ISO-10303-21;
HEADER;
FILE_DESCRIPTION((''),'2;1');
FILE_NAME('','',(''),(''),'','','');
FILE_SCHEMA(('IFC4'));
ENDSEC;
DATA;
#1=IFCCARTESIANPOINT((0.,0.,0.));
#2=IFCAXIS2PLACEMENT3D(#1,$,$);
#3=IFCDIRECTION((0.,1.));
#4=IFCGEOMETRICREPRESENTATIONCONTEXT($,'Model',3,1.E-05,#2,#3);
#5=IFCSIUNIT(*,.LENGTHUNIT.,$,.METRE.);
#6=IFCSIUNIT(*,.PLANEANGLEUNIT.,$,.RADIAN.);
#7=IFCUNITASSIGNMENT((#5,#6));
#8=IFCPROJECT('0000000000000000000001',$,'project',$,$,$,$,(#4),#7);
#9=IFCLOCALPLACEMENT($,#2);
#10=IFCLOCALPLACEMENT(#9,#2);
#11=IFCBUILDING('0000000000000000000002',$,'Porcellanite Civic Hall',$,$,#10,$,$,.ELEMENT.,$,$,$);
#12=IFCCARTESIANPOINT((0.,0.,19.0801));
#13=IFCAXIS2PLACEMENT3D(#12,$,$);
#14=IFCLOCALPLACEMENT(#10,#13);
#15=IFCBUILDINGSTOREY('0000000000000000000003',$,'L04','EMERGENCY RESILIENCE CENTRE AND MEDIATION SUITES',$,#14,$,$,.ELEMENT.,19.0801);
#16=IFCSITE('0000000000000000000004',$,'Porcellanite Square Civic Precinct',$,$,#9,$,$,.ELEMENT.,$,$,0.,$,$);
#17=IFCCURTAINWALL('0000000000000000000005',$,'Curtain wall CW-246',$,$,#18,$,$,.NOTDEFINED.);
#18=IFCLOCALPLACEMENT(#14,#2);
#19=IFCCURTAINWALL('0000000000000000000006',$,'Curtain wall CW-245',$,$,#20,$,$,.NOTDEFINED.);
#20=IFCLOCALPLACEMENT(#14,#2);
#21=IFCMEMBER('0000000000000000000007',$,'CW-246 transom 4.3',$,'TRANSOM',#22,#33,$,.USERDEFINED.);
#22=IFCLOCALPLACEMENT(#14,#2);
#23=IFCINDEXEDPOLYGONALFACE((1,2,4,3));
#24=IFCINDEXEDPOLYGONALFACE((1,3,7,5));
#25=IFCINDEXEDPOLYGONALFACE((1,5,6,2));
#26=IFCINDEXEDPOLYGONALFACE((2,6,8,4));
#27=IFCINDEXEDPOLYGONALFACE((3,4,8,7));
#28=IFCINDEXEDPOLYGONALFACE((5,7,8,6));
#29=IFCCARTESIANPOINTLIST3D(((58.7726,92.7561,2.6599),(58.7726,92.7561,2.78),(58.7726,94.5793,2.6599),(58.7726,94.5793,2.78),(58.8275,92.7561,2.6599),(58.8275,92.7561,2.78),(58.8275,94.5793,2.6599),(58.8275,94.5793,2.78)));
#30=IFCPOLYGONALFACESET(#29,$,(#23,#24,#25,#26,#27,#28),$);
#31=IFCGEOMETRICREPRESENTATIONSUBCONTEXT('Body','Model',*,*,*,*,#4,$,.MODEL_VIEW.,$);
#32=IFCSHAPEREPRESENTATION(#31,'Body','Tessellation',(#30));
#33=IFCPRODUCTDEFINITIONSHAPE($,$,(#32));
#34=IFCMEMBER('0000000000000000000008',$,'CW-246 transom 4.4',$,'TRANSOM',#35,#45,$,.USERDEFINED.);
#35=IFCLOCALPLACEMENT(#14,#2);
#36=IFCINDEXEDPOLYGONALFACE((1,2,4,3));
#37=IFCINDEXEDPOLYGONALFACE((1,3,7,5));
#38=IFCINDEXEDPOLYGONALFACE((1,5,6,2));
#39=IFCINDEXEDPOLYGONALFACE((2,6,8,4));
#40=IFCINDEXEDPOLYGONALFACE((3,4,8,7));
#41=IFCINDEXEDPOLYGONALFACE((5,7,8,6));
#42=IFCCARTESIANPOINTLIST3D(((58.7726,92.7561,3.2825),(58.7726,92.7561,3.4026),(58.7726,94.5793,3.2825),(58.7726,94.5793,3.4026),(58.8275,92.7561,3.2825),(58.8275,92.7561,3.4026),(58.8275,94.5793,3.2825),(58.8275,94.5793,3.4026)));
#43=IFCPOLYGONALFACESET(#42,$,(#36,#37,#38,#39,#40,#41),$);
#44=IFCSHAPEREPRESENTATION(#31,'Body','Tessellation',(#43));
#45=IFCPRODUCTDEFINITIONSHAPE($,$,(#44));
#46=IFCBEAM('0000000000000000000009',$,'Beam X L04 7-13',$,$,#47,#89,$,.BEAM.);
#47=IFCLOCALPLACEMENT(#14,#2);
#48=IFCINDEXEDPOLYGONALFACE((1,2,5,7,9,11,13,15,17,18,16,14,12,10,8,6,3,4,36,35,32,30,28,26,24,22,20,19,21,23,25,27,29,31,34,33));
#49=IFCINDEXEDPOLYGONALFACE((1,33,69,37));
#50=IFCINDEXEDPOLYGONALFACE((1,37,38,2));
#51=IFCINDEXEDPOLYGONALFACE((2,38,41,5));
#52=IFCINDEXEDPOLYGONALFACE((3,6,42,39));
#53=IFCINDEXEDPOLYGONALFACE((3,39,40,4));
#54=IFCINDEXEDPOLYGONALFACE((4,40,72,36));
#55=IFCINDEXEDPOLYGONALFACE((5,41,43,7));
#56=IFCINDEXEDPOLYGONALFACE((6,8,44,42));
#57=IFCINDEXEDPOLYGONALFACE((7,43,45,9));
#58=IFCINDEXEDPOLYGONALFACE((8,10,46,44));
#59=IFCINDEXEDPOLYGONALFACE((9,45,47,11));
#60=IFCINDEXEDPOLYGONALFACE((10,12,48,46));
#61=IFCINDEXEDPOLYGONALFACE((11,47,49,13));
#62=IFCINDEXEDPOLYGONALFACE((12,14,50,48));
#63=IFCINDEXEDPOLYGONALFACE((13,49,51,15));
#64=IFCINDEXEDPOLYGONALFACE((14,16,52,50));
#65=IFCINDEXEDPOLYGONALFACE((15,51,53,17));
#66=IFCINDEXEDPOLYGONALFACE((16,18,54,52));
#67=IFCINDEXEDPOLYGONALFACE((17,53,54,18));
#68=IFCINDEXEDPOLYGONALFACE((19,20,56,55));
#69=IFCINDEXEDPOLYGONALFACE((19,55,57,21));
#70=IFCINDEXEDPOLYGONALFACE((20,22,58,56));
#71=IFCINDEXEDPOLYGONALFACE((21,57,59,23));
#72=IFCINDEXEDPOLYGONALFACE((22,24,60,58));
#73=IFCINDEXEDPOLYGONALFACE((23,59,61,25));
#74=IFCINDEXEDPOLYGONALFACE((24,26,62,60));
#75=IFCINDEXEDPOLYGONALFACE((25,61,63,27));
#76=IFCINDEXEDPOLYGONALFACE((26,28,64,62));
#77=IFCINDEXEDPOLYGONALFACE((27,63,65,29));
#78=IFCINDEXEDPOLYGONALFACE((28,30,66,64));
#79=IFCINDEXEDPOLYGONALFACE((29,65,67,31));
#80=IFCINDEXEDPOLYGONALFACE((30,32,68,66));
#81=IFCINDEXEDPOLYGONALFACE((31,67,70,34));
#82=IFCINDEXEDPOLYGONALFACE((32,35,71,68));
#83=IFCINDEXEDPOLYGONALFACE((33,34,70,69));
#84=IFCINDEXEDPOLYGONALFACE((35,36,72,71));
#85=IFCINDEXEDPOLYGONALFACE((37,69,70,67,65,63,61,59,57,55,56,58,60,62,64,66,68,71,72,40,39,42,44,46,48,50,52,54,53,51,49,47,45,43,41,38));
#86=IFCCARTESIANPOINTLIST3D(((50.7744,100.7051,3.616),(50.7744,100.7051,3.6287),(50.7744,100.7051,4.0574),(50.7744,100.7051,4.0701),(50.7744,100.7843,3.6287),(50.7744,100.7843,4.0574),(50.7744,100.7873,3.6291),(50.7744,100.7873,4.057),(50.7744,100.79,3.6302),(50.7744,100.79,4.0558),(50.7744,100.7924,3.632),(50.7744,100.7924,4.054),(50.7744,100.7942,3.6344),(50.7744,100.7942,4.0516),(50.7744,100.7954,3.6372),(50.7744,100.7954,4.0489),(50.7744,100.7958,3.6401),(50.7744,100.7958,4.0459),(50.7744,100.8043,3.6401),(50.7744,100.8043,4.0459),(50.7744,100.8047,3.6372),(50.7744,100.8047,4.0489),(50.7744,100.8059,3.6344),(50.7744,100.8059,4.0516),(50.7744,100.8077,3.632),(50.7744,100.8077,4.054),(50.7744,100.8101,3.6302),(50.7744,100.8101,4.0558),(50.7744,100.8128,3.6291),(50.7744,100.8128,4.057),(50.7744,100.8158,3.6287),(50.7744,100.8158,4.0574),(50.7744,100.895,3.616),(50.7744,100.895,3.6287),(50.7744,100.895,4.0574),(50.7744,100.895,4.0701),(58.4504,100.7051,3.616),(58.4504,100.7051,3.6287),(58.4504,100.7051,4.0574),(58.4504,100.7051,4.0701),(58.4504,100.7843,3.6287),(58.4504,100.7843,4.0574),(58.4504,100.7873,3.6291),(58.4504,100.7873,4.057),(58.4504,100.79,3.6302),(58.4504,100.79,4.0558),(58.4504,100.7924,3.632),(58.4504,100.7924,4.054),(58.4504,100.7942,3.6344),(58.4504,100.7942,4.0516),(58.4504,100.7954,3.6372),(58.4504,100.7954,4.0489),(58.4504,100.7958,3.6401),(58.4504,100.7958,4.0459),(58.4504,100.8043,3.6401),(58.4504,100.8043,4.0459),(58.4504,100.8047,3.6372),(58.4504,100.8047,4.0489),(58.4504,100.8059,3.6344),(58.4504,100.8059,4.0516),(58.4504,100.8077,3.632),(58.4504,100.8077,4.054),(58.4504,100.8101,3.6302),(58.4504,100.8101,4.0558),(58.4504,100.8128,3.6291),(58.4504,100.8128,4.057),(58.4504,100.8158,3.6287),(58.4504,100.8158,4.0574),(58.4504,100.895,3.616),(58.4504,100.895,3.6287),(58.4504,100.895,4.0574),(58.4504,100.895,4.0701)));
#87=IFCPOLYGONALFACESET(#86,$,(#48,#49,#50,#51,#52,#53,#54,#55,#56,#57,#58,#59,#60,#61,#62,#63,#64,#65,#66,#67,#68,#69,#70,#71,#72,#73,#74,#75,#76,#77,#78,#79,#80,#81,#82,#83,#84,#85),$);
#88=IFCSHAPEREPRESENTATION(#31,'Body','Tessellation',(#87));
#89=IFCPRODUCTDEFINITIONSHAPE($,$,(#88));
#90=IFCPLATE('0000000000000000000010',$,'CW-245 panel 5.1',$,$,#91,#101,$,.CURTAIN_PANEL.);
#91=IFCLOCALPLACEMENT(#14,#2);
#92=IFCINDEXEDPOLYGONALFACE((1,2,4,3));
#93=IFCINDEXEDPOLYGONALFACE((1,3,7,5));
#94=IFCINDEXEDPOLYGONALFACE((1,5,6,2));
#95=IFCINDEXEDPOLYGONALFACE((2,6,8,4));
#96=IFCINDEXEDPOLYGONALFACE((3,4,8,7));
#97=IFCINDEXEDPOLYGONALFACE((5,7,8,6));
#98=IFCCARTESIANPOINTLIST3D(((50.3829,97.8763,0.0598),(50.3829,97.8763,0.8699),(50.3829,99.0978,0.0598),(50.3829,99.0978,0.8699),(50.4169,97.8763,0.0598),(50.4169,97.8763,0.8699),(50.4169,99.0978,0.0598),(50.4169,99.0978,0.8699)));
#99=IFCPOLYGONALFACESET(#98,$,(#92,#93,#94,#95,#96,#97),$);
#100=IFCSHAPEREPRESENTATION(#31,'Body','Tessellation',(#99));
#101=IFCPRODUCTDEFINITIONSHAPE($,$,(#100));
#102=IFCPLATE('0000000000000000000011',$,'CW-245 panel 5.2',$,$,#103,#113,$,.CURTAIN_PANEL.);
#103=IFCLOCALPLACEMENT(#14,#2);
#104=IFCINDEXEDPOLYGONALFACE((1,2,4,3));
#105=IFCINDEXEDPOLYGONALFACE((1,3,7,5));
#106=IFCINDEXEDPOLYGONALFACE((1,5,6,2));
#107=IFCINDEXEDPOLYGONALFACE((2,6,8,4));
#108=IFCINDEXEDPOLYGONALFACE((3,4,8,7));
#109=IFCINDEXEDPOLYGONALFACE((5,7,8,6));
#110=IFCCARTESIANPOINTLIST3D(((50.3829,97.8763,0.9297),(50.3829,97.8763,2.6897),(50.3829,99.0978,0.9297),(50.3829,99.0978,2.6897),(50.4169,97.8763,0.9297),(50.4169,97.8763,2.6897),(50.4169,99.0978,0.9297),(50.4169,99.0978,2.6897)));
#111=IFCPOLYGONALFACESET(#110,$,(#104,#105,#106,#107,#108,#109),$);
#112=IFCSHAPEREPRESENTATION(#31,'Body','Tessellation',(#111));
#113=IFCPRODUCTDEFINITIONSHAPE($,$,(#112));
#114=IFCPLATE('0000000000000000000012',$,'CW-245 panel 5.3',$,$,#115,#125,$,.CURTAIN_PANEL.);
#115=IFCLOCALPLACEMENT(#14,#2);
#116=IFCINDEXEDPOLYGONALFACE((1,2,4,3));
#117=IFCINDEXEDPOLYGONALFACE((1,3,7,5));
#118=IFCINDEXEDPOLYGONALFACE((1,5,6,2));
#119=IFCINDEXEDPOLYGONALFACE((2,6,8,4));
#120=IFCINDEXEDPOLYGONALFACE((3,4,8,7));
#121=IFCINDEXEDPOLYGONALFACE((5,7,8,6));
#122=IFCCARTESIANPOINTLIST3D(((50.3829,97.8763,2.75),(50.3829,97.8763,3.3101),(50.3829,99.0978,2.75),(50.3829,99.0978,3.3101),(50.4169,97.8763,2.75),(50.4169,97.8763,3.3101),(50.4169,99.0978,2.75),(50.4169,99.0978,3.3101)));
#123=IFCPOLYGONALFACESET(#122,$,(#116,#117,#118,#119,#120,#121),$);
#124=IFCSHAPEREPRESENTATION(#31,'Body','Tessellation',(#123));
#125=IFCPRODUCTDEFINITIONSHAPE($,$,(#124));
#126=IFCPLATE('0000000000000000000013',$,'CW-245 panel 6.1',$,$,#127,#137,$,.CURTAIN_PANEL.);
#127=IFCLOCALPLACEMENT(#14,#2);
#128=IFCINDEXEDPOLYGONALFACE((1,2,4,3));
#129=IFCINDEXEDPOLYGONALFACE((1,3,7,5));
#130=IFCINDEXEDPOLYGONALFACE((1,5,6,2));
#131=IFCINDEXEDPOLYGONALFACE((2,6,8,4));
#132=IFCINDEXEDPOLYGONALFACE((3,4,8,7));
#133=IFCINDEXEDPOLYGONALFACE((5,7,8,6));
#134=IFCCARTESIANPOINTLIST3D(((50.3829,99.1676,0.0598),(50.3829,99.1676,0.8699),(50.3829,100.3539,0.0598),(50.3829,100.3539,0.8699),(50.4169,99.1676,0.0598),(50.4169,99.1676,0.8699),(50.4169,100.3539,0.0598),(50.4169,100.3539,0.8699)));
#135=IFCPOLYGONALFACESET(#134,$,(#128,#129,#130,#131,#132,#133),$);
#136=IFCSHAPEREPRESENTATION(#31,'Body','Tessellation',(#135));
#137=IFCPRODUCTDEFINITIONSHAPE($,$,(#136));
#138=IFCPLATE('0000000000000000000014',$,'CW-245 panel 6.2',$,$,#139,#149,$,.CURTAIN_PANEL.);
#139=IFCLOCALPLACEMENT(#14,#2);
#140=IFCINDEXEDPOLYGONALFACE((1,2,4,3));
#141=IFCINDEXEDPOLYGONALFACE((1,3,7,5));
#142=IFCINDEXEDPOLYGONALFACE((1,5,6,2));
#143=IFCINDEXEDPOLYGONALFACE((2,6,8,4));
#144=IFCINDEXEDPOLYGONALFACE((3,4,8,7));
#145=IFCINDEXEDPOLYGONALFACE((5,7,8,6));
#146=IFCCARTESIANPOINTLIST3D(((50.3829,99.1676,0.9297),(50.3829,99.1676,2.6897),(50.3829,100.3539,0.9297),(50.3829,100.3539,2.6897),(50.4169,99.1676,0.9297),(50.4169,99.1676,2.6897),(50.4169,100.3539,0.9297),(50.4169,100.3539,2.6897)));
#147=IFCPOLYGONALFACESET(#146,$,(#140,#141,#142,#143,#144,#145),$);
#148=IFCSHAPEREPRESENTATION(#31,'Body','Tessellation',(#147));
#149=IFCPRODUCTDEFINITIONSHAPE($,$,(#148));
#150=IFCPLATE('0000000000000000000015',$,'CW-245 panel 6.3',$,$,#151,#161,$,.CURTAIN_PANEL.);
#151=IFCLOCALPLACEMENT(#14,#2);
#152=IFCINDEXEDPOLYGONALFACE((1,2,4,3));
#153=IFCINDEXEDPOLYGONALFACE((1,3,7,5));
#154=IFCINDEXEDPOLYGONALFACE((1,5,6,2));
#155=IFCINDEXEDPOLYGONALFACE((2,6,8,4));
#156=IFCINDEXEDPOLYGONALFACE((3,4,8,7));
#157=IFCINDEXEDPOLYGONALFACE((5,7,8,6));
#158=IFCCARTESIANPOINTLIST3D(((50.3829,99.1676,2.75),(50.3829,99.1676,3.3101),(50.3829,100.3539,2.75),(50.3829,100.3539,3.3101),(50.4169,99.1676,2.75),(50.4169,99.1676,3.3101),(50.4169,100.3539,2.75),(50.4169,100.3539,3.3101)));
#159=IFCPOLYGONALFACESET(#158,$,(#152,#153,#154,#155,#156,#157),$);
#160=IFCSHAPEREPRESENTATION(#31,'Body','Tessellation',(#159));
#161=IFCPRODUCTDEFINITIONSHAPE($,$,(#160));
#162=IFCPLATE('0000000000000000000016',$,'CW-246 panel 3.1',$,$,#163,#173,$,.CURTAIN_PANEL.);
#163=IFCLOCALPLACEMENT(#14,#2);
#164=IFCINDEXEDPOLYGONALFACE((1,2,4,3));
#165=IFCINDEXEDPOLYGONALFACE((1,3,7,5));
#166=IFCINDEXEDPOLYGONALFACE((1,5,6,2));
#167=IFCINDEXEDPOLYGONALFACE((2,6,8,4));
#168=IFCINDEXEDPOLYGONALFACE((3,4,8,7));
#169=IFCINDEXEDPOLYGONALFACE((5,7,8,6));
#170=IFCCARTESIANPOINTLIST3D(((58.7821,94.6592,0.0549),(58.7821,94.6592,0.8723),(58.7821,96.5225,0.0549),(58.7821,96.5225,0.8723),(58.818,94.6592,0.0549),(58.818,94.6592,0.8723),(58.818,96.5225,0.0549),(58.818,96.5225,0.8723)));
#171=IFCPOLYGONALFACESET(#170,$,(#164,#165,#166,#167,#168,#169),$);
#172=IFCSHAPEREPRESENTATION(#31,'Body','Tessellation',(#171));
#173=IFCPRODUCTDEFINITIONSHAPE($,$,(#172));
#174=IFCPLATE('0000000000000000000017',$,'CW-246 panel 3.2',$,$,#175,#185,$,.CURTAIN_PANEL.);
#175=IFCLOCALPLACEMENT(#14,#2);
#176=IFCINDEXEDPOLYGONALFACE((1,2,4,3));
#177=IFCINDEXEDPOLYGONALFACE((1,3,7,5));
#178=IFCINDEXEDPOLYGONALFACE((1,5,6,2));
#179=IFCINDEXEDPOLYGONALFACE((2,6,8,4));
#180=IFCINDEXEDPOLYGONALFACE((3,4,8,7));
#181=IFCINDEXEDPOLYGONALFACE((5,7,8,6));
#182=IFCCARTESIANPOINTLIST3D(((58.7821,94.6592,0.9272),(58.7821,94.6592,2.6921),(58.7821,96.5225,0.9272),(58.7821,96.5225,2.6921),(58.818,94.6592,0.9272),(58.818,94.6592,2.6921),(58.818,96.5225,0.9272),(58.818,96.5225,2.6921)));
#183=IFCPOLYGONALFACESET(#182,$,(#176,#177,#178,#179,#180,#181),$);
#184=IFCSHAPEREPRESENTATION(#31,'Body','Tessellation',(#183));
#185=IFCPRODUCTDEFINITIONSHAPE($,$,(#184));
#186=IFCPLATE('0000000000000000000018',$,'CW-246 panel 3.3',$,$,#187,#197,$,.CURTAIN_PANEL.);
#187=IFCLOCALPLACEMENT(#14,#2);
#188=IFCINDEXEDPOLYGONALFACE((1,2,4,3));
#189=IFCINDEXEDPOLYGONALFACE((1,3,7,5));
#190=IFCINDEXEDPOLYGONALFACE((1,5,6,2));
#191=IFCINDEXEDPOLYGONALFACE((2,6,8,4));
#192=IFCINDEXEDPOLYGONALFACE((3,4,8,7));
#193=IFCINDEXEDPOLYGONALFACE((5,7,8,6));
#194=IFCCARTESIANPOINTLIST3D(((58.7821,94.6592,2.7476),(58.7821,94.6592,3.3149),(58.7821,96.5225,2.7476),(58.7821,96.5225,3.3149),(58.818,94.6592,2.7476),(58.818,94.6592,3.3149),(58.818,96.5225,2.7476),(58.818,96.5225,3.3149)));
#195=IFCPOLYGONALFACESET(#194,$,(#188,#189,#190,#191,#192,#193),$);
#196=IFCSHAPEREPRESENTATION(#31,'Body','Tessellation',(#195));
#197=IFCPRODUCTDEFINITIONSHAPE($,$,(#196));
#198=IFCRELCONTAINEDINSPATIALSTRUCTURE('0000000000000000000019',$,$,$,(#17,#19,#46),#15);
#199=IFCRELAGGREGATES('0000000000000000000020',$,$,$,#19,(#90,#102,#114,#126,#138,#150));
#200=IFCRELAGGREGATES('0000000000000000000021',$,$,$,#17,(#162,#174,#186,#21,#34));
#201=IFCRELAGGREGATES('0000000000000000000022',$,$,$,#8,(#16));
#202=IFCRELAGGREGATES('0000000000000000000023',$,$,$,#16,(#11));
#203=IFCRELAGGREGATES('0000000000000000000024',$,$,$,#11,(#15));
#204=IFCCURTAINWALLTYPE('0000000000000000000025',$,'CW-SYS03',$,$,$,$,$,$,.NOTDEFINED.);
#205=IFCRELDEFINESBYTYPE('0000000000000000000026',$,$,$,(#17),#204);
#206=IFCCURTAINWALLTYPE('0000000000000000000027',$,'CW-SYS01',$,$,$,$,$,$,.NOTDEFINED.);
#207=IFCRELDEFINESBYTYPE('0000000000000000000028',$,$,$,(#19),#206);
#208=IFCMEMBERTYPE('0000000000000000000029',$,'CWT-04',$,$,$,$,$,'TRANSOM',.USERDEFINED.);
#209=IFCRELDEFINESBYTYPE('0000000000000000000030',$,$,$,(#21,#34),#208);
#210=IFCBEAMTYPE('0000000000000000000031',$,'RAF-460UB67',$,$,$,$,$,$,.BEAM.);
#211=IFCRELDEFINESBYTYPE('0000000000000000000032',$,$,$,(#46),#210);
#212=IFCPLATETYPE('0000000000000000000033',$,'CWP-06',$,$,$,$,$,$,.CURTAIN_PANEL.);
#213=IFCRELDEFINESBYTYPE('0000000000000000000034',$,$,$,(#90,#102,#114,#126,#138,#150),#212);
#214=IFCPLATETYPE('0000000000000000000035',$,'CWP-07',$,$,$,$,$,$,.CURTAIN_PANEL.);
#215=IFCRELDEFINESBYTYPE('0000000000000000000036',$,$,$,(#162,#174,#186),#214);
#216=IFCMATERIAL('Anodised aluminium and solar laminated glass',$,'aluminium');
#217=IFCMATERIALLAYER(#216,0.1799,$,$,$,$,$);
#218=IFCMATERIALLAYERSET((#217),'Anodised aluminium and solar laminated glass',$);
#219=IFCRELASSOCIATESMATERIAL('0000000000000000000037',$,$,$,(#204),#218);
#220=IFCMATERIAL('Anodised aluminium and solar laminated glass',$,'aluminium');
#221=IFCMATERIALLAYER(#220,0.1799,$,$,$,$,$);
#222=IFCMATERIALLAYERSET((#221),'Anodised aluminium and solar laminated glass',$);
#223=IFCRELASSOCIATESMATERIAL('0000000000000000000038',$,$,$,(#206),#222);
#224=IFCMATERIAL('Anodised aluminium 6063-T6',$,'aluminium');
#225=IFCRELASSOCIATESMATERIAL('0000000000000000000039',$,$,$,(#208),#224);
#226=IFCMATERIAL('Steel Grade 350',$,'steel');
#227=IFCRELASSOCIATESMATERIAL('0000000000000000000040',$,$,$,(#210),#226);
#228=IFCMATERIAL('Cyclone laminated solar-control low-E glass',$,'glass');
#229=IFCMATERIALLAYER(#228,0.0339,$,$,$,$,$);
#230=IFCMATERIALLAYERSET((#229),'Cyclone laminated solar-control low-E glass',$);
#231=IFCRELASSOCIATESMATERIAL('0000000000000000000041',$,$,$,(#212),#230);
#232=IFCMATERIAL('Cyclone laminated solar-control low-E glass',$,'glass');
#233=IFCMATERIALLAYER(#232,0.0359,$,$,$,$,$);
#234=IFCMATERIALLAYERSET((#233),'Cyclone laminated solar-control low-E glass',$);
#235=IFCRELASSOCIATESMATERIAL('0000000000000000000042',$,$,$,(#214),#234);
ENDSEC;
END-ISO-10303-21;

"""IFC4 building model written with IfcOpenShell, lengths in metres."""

from ifc_helpers import new_model, si_unit, direction, frame, origin, origin_2d, place, context, subcontext, project, spatial, rectangle, i_section, extrude, material, layer, layer_set, material_profile, profile_set, type_object, element, aggregate, save


model = new_model("IFC4")

# Units and contexts
model_context = context("Model", 3, precision=1e-05, world=origin(), true_north=direction((0.0, 1.0)))
body_context = subcontext(model_context, "Body", "Model", "MODEL_VIEW")
ifc_project = project(units=[si_unit("LENGTHUNIT", "METRE"), si_unit("PLANEANGLEUNIT", "RADIAN")], contexts=[model_context])

# Site, building, storey
site_placement = place(None, origin())
site = spatial("IfcSite", under=ifc_project, at=site_placement, Name="Porcellanite Square Civic Precinct", CompositionType="ELEMENT", RefElevation=0.0)
building_placement = place(site_placement, origin())
building = spatial("IfcBuilding", under=site, at=building_placement, Name="Porcellanite Civic Hall", CompositionType="ELEMENT")
storey_placement = place(building_placement, frame((0.0, 0.0, 19.0801)))
storey = spatial("IfcBuildingStorey", under=building, at=storey_placement, Name="L04", Description="EMERGENCY RESILIENCE CENTRE AND MEDIATION SUITES", CompositionType="ELEMENT", Elevation=19.0801)

# Curtain walls
ifc_material_1 = material(Name="Anodised aluminium and solar laminated glass", Category="aluminium")
ifc_layer_1 = layer(ifc_material_1, 0.1799)
ifc_layer_set_1 = layer_set([ifc_layer_1], Name="Anodised aluminium and solar laminated glass")
curtain_wall_type_1 = type_object("IfcCurtainWallType", Name="CW-SYS03", PredefinedType="NOTDEFINED", material=ifc_layer_set_1)
curtain_wall_1_placement = place(storey_placement, origin())
curtain_wall_1 = element("IfcCurtainWall", 1, at=curtain_wall_1_placement, inside=storey, type_object=curtain_wall_type_1, Name="Curtain wall CW-246", PredefinedType="NOTDEFINED")
ifc_material_2 = material(Name="Anodised aluminium and solar laminated glass", Category="aluminium")
ifc_layer_2 = layer(ifc_material_2, 0.1799)
ifc_layer_set_2 = layer_set([ifc_layer_2], Name="Anodised aluminium and solar laminated glass")
curtain_wall_type_2 = type_object("IfcCurtainWallType", Name="CW-SYS01", PredefinedType="NOTDEFINED", material=ifc_layer_set_2)
curtain_wall_2_placement = place(storey_placement, origin())
curtain_wall_2 = element("IfcCurtainWall", 2, at=curtain_wall_2_placement, inside=storey, type_object=curtain_wall_type_2, Name="Curtain wall CW-245", PredefinedType="NOTDEFINED")

# Members
ifc_material_3 = material(Name="Anodised aluminium 6063-T6", Category="aluminium")
ifc_material_profile_1 = material_profile(ifc_material_3, rectangle(XDim=0.0549, YDim=0.1201, at=origin_2d()), Name="AL-55x120")
ifc_profile_set_1 = profile_set([ifc_material_profile_1], Name="Anodised aluminium 6063-T6")
member_type_1 = type_object("IfcMemberType", Name="CWT-04", ElementType="TRANSOM", PredefinedType="USERDEFINED", material=ifc_profile_set_1)
member_1_placement = place(storey_placement, frame((58.8, 94.5793, 2.72), z_axis=(0.0, -1.0, 0.0), x_axis=(1.0, 0.0, 0.0)))
member_1 = element("IfcMember", 3, at=member_1_placement, type_object=member_type_1, Name="CW-246 transom 4.3", ObjectType="TRANSOM", PredefinedType="USERDEFINED", context=body_context, shape_type="SweptSolid", body=[
    extrude(rectangle(XDim=0.0549, YDim=0.1201, at=origin_2d()), origin(), (0.0, 0.0, 1.0), 1.8232),
])
member_2_placement = place(storey_placement, frame((58.8, 94.5793, 3.3425), z_axis=(0.0, -1.0, 0.0), x_axis=(1.0, 0.0, 0.0)))
member_2 = element("IfcMember", 4, at=member_2_placement, type_object=member_type_1, Name="CW-246 transom 4.4", ObjectType="TRANSOM", PredefinedType="USERDEFINED", context=body_context, shape_type="SweptSolid", body=[
    extrude(rectangle(XDim=0.0549, YDim=0.1201, at=origin_2d()), origin(), (0.0, 0.0, 1.0), 1.8232),
])

# Beam
ifc_material_4 = material(Name="Steel Grade 350", Category="steel")
ifc_material_profile_2 = material_profile(ifc_material_4, i_section(OverallWidth=0.1899, OverallDepth=0.4541, WebThickness=0.0085, FlangeThickness=0.0127, FilletRadius=0.0115, at=origin_2d()), Name="460UB67.1")
ifc_profile_set_2 = profile_set([ifc_material_profile_2], Name="Steel Grade 350")
beam_type = type_object("IfcBeamType", Name="RAF-460UB67", PredefinedType="BEAM", material=ifc_profile_set_2)
beam_placement = place(storey_placement, frame((50.7744, 100.8, 3.843), z_axis=(1.0, 0.0, 0.0), x_axis=(0.0, 1.0, 0.0)))
element("IfcBeam", 5, at=beam_placement, inside=storey, type_object=beam_type, Name="Beam X L04 7-13", PredefinedType="BEAM", context=body_context, shape_type="SweptSolid", body=[
    extrude(i_section(OverallWidth=0.1899, OverallDepth=0.4541, WebThickness=0.0085, FlangeThickness=0.0127, FilletRadius=0.0115, at=origin_2d()), origin(), (0.0, 0.0, 1.0), 7.676),
])

# Plates
ifc_material_5 = material(Name="Cyclone laminated solar-control low-E glass", Category="glass")
ifc_layer_3 = layer(ifc_material_5, 0.0339)
ifc_layer_set_3 = layer_set([ifc_layer_3], Name="Cyclone laminated solar-control low-E glass")
plate_type_1 = type_object("IfcPlateType", Name="CWP-06", PredefinedType="CURTAIN_PANEL", material=ifc_layer_set_3)
plate_1_placement = place(storey_placement, frame((50.3999, 98.4871, 0.0598), z_axis=(0.0, 0.0, 1.0), x_axis=(0.0, 1.0, 0.0)))
plate_1 = element("IfcPlate", 6, at=plate_1_placement, type_object=plate_type_1, Name="CW-245 panel 5.1", PredefinedType="CURTAIN_PANEL", context=body_context, shape_type="SweptSolid", body=[
    extrude(rectangle(XDim=1.2214, YDim=0.0339, at=origin_2d()), origin(), (0.0, 0.0, 1.0), 0.8101),
])
plate_2_placement = place(storey_placement, frame((50.3999, 98.4871, 0.9297), z_axis=(0.0, 0.0, 1.0), x_axis=(0.0, 1.0, 0.0)))
plate_2 = element("IfcPlate", 7, at=plate_2_placement, type_object=plate_type_1, Name="CW-245 panel 5.2", PredefinedType="CURTAIN_PANEL", context=body_context, shape_type="SweptSolid", body=[
    extrude(rectangle(XDim=1.2214, YDim=0.0339, at=origin_2d()), origin(), (0.0, 0.0, 1.0), 1.76),
])
plate_3_placement = place(storey_placement, frame((50.3999, 98.4871, 2.75), z_axis=(0.0, 0.0, 1.0), x_axis=(0.0, 1.0, 0.0)))
plate_3 = element("IfcPlate", 8, at=plate_3_placement, type_object=plate_type_1, Name="CW-245 panel 5.3", PredefinedType="CURTAIN_PANEL", context=body_context, shape_type="SweptSolid", body=[
    extrude(rectangle(XDim=1.2214, YDim=0.0339, at=origin_2d()), origin(), (0.0, 0.0, 1.0), 0.5601),
])
plate_4_placement = place(storey_placement, frame((50.3999, 99.7607, 0.0598), z_axis=(0.0, 0.0, 1.0), x_axis=(0.0, 1.0, 0.0)))
plate_4 = element("IfcPlate", 9, at=plate_4_placement, type_object=plate_type_1, Name="CW-245 panel 6.1", PredefinedType="CURTAIN_PANEL", context=body_context, shape_type="SweptSolid", body=[
    extrude(rectangle(XDim=1.1863, YDim=0.0339, at=origin_2d()), origin(), (0.0, 0.0, 1.0), 0.8101),
])
plate_5_placement = place(storey_placement, frame((50.3999, 99.7607, 0.9297), z_axis=(0.0, 0.0, 1.0), x_axis=(0.0, 1.0, 0.0)))
plate_5 = element("IfcPlate", 10, at=plate_5_placement, type_object=plate_type_1, Name="CW-245 panel 6.2", PredefinedType="CURTAIN_PANEL", context=body_context, shape_type="SweptSolid", body=[
    extrude(rectangle(XDim=1.1863, YDim=0.0339, at=origin_2d()), origin(), (0.0, 0.0, 1.0), 1.76),
])
plate_6_placement = place(storey_placement, frame((50.3999, 99.7607, 2.75), z_axis=(0.0, 0.0, 1.0), x_axis=(0.0, 1.0, 0.0)))
plate_6 = element("IfcPlate", 11, at=plate_6_placement, type_object=plate_type_1, Name="CW-245 panel 6.3", PredefinedType="CURTAIN_PANEL", context=body_context, shape_type="SweptSolid", body=[
    extrude(rectangle(XDim=1.1863, YDim=0.0339, at=origin_2d()), origin(), (0.0, 0.0, 1.0), 0.5601),
])
aggregate(curtain_wall_2, [plate_1, plate_2, plate_3, plate_4, plate_5, plate_6])
ifc_material_6 = material(Name="Cyclone laminated solar-control low-E glass", Category="glass")
ifc_layer_4 = layer(ifc_material_6, 0.0359)
ifc_layer_set_4 = layer_set([ifc_layer_4], Name="Cyclone laminated solar-control low-E glass")
plate_type_2 = type_object("IfcPlateType", Name="CWP-07", PredefinedType="CURTAIN_PANEL", material=ifc_layer_set_4)
plate_7_placement = place(storey_placement, frame((58.8, 95.5908, 0.0549), z_axis=(0.0, 0.0, 1.0), x_axis=(0.0, -1.0, 0.0)))
plate_7 = element("IfcPlate", 12, at=plate_7_placement, type_object=plate_type_2, Name="CW-246 panel 3.1", PredefinedType="CURTAIN_PANEL", context=body_context, shape_type="SweptSolid", body=[
    extrude(rectangle(XDim=1.8633, YDim=0.0359, at=origin_2d()), origin(), (0.0, 0.0, 1.0), 0.8174),
])
plate_8_placement = place(storey_placement, frame((58.8, 95.5908, 0.9272), z_axis=(0.0, 0.0, 1.0), x_axis=(0.0, -1.0, 0.0)))
plate_8 = element("IfcPlate", 13, at=plate_8_placement, type_object=plate_type_2, Name="CW-246 panel 3.2", PredefinedType="CURTAIN_PANEL", context=body_context, shape_type="SweptSolid", body=[
    extrude(rectangle(XDim=1.8633, YDim=0.0359, at=origin_2d()), origin(), (0.0, 0.0, 1.0), 1.7649),
])
plate_9_placement = place(storey_placement, frame((58.8, 95.5908, 2.7476), z_axis=(0.0, 0.0, 1.0), x_axis=(0.0, -1.0, 0.0)))
plate_9 = element("IfcPlate", 14, at=plate_9_placement, type_object=plate_type_2, Name="CW-246 panel 3.3", PredefinedType="CURTAIN_PANEL", context=body_context, shape_type="SweptSolid", body=[
    extrude(rectangle(XDim=1.8633, YDim=0.0359, at=origin_2d()), origin(), (0.0, 0.0, 1.0), 0.5674),
])
aggregate(curtain_wall_1, [plate_7, plate_8, plate_9, member_1, member_2])

save(model, "model.ifc")
